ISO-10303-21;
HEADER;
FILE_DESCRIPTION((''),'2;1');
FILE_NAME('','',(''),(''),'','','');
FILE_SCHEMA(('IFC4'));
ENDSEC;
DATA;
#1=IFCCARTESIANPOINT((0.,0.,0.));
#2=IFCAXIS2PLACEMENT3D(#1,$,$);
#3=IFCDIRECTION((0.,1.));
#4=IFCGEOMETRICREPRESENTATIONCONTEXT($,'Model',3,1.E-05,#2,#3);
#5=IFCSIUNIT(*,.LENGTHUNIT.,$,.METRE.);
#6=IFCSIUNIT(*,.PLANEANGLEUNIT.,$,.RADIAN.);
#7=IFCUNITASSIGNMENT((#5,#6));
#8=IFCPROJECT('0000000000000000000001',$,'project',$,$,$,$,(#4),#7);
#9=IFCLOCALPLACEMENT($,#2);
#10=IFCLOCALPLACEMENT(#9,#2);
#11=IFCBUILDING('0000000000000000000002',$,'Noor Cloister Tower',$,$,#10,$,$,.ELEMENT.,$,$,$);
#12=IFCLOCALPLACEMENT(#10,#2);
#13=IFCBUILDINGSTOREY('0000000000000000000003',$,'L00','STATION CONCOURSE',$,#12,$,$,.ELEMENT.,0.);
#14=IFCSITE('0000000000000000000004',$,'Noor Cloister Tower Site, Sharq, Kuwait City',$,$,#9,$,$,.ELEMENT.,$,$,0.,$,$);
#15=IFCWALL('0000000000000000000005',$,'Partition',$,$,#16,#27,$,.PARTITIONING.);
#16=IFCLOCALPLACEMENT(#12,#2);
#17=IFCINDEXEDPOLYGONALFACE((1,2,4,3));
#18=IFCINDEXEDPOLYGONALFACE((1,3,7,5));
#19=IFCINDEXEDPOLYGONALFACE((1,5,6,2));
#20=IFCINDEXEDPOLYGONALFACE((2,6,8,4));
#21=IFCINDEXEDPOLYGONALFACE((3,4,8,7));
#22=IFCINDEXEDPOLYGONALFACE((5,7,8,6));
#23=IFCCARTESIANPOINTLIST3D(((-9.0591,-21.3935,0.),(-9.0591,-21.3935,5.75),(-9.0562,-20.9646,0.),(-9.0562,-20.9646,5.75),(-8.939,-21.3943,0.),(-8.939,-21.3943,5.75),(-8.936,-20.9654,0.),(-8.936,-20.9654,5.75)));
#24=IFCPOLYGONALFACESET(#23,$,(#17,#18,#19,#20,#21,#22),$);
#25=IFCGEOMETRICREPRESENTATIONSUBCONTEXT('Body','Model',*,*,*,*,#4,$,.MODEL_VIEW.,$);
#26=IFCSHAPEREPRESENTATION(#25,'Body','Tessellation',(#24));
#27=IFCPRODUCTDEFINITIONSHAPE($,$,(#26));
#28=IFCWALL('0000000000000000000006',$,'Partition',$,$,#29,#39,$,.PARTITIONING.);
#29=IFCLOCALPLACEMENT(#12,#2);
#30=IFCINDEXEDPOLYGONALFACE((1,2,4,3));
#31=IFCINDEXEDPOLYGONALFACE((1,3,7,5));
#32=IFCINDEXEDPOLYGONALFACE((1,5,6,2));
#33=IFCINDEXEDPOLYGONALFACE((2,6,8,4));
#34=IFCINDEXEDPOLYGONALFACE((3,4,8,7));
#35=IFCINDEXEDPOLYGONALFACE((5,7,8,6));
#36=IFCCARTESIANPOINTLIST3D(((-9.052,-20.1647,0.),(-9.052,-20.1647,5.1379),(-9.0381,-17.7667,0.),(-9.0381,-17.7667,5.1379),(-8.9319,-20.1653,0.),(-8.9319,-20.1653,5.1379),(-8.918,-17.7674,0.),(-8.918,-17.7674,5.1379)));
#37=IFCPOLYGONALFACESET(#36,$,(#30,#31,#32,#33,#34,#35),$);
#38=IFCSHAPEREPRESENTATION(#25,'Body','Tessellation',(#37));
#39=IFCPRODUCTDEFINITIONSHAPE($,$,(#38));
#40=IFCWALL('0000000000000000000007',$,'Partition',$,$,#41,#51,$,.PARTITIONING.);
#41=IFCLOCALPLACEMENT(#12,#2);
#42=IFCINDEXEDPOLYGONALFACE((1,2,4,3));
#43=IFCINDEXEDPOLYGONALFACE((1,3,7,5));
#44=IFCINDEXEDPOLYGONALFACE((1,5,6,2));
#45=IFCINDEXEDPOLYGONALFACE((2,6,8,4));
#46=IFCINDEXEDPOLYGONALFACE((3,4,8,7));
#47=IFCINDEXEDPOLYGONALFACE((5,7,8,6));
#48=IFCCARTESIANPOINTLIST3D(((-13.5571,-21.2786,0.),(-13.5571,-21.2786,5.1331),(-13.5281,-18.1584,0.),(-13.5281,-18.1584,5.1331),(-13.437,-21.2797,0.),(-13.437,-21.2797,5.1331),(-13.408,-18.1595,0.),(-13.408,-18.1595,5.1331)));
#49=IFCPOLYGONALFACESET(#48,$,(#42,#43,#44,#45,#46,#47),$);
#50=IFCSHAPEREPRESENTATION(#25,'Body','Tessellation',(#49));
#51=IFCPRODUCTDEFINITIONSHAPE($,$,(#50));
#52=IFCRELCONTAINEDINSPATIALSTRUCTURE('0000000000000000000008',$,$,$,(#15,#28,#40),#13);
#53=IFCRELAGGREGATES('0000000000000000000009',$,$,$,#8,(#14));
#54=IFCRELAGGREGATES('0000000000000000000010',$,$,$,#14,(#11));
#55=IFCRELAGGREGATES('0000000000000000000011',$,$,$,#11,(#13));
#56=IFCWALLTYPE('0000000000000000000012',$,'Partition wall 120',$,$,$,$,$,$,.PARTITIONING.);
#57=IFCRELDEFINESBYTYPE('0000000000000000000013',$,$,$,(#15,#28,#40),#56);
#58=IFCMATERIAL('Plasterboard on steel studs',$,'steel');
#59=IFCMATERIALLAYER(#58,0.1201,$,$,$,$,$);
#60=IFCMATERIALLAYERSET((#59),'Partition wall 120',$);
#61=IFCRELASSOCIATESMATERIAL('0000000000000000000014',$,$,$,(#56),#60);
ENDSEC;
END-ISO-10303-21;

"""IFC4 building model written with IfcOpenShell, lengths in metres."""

from ifc_helpers import new_model, si_unit, direction, frame, frame_2d, origin, place, context, subcontext, project, spatial, rectangle, extrude, material, layer, layer_set, type_object, element, save


model = new_model("IFC4")

# Units and contexts
model_context = context("Model", 3, precision=1e-05, world=origin(), true_north=direction((0.0, 1.0)))
body_context = subcontext(model_context, "Body", "Model", "MODEL_VIEW")
ifc_project = project(units=[si_unit("LENGTHUNIT", "METRE"), si_unit("PLANEANGLEUNIT", "RADIAN")], contexts=[model_context])

# Site, building, storey
site_placement = place(None, origin())
site = spatial("IfcSite", under=ifc_project, at=site_placement, Name="Noor Cloister Tower Site, Sharq, Kuwait City", CompositionType="ELEMENT", RefElevation=0.0)
building_placement = place(site_placement, origin())
building = spatial("IfcBuilding", under=site, at=building_placement, Name="Noor Cloister Tower", CompositionType="ELEMENT")
storey_placement = place(building_placement, origin())
storey = spatial("IfcBuildingStorey", under=building, at=storey_placement, Name="L00", Description="STATION CONCOURSE", CompositionType="ELEMENT", Elevation=0.0)

# Walls
ifc_material_1 = material(Name="Plasterboard on steel studs", Category="steel")
ifc_layer_1 = layer(ifc_material_1, 0.1201)
ifc_layer_set_1 = layer_set([ifc_layer_1], Name="Partition wall 120")
wall_type_1 = type_object("IfcWallType", Name="Partition wall 120", PredefinedType="PARTITIONING", material=ifc_layer_set_1)
wall_1_placement = place(storey_placement, frame((-8.9961, -20.9651, 0.0), z_axis=(0.0, 0.0, 1.0), x_axis=(-0.00683, -0.999977, 0.0)))
element("IfcWall", 1, at=wall_1_placement, inside=storey, type_object=wall_type_1, Name="Partition", PredefinedType="PARTITIONING", context=body_context, shape_type="SweptSolid", body=[
    extrude(rectangle(XDim=0.429, YDim=0.1201, at=frame_2d((0.2144, 0.0))), origin(), (0.0, 0.0, 1.0), 5.75),
])
wall_2_placement = place(storey_placement, frame((-8.978, -17.7671, 0.0), z_axis=(0.0, 0.0, 1.0), x_axis=(-0.005803, -0.999983, 0.0)))
element("IfcWall", 2, at=wall_2_placement, inside=storey, type_object=wall_type_1, Name="Partition", PredefinedType="PARTITIONING", context=body_context, shape_type="SweptSolid", body=[
    extrude(rectangle(XDim=2.3979, YDim=0.1201, at=frame_2d((1.199, 0.0))), origin(), (0.0, 0.0, 1.0), 5.1379),
])
wall_3_placement = place(storey_placement, frame((-13.4971, -21.2791, 0.0), z_axis=(0.0, 0.0, 1.0), x_axis=(0.009311, 0.999957, 0.0)))
element("IfcWall", 3, at=wall_3_placement, inside=storey, type_object=wall_type_1, Name="Partition", PredefinedType="PARTITIONING", context=body_context, shape_type="SweptSolid", body=[
    extrude(rectangle(XDim=3.1204, YDim=0.1201, at=frame_2d((1.5601, 0.0))), origin(), (0.0, 0.0, 1.0), 5.1331),
])

save(model, "model.ifc")
